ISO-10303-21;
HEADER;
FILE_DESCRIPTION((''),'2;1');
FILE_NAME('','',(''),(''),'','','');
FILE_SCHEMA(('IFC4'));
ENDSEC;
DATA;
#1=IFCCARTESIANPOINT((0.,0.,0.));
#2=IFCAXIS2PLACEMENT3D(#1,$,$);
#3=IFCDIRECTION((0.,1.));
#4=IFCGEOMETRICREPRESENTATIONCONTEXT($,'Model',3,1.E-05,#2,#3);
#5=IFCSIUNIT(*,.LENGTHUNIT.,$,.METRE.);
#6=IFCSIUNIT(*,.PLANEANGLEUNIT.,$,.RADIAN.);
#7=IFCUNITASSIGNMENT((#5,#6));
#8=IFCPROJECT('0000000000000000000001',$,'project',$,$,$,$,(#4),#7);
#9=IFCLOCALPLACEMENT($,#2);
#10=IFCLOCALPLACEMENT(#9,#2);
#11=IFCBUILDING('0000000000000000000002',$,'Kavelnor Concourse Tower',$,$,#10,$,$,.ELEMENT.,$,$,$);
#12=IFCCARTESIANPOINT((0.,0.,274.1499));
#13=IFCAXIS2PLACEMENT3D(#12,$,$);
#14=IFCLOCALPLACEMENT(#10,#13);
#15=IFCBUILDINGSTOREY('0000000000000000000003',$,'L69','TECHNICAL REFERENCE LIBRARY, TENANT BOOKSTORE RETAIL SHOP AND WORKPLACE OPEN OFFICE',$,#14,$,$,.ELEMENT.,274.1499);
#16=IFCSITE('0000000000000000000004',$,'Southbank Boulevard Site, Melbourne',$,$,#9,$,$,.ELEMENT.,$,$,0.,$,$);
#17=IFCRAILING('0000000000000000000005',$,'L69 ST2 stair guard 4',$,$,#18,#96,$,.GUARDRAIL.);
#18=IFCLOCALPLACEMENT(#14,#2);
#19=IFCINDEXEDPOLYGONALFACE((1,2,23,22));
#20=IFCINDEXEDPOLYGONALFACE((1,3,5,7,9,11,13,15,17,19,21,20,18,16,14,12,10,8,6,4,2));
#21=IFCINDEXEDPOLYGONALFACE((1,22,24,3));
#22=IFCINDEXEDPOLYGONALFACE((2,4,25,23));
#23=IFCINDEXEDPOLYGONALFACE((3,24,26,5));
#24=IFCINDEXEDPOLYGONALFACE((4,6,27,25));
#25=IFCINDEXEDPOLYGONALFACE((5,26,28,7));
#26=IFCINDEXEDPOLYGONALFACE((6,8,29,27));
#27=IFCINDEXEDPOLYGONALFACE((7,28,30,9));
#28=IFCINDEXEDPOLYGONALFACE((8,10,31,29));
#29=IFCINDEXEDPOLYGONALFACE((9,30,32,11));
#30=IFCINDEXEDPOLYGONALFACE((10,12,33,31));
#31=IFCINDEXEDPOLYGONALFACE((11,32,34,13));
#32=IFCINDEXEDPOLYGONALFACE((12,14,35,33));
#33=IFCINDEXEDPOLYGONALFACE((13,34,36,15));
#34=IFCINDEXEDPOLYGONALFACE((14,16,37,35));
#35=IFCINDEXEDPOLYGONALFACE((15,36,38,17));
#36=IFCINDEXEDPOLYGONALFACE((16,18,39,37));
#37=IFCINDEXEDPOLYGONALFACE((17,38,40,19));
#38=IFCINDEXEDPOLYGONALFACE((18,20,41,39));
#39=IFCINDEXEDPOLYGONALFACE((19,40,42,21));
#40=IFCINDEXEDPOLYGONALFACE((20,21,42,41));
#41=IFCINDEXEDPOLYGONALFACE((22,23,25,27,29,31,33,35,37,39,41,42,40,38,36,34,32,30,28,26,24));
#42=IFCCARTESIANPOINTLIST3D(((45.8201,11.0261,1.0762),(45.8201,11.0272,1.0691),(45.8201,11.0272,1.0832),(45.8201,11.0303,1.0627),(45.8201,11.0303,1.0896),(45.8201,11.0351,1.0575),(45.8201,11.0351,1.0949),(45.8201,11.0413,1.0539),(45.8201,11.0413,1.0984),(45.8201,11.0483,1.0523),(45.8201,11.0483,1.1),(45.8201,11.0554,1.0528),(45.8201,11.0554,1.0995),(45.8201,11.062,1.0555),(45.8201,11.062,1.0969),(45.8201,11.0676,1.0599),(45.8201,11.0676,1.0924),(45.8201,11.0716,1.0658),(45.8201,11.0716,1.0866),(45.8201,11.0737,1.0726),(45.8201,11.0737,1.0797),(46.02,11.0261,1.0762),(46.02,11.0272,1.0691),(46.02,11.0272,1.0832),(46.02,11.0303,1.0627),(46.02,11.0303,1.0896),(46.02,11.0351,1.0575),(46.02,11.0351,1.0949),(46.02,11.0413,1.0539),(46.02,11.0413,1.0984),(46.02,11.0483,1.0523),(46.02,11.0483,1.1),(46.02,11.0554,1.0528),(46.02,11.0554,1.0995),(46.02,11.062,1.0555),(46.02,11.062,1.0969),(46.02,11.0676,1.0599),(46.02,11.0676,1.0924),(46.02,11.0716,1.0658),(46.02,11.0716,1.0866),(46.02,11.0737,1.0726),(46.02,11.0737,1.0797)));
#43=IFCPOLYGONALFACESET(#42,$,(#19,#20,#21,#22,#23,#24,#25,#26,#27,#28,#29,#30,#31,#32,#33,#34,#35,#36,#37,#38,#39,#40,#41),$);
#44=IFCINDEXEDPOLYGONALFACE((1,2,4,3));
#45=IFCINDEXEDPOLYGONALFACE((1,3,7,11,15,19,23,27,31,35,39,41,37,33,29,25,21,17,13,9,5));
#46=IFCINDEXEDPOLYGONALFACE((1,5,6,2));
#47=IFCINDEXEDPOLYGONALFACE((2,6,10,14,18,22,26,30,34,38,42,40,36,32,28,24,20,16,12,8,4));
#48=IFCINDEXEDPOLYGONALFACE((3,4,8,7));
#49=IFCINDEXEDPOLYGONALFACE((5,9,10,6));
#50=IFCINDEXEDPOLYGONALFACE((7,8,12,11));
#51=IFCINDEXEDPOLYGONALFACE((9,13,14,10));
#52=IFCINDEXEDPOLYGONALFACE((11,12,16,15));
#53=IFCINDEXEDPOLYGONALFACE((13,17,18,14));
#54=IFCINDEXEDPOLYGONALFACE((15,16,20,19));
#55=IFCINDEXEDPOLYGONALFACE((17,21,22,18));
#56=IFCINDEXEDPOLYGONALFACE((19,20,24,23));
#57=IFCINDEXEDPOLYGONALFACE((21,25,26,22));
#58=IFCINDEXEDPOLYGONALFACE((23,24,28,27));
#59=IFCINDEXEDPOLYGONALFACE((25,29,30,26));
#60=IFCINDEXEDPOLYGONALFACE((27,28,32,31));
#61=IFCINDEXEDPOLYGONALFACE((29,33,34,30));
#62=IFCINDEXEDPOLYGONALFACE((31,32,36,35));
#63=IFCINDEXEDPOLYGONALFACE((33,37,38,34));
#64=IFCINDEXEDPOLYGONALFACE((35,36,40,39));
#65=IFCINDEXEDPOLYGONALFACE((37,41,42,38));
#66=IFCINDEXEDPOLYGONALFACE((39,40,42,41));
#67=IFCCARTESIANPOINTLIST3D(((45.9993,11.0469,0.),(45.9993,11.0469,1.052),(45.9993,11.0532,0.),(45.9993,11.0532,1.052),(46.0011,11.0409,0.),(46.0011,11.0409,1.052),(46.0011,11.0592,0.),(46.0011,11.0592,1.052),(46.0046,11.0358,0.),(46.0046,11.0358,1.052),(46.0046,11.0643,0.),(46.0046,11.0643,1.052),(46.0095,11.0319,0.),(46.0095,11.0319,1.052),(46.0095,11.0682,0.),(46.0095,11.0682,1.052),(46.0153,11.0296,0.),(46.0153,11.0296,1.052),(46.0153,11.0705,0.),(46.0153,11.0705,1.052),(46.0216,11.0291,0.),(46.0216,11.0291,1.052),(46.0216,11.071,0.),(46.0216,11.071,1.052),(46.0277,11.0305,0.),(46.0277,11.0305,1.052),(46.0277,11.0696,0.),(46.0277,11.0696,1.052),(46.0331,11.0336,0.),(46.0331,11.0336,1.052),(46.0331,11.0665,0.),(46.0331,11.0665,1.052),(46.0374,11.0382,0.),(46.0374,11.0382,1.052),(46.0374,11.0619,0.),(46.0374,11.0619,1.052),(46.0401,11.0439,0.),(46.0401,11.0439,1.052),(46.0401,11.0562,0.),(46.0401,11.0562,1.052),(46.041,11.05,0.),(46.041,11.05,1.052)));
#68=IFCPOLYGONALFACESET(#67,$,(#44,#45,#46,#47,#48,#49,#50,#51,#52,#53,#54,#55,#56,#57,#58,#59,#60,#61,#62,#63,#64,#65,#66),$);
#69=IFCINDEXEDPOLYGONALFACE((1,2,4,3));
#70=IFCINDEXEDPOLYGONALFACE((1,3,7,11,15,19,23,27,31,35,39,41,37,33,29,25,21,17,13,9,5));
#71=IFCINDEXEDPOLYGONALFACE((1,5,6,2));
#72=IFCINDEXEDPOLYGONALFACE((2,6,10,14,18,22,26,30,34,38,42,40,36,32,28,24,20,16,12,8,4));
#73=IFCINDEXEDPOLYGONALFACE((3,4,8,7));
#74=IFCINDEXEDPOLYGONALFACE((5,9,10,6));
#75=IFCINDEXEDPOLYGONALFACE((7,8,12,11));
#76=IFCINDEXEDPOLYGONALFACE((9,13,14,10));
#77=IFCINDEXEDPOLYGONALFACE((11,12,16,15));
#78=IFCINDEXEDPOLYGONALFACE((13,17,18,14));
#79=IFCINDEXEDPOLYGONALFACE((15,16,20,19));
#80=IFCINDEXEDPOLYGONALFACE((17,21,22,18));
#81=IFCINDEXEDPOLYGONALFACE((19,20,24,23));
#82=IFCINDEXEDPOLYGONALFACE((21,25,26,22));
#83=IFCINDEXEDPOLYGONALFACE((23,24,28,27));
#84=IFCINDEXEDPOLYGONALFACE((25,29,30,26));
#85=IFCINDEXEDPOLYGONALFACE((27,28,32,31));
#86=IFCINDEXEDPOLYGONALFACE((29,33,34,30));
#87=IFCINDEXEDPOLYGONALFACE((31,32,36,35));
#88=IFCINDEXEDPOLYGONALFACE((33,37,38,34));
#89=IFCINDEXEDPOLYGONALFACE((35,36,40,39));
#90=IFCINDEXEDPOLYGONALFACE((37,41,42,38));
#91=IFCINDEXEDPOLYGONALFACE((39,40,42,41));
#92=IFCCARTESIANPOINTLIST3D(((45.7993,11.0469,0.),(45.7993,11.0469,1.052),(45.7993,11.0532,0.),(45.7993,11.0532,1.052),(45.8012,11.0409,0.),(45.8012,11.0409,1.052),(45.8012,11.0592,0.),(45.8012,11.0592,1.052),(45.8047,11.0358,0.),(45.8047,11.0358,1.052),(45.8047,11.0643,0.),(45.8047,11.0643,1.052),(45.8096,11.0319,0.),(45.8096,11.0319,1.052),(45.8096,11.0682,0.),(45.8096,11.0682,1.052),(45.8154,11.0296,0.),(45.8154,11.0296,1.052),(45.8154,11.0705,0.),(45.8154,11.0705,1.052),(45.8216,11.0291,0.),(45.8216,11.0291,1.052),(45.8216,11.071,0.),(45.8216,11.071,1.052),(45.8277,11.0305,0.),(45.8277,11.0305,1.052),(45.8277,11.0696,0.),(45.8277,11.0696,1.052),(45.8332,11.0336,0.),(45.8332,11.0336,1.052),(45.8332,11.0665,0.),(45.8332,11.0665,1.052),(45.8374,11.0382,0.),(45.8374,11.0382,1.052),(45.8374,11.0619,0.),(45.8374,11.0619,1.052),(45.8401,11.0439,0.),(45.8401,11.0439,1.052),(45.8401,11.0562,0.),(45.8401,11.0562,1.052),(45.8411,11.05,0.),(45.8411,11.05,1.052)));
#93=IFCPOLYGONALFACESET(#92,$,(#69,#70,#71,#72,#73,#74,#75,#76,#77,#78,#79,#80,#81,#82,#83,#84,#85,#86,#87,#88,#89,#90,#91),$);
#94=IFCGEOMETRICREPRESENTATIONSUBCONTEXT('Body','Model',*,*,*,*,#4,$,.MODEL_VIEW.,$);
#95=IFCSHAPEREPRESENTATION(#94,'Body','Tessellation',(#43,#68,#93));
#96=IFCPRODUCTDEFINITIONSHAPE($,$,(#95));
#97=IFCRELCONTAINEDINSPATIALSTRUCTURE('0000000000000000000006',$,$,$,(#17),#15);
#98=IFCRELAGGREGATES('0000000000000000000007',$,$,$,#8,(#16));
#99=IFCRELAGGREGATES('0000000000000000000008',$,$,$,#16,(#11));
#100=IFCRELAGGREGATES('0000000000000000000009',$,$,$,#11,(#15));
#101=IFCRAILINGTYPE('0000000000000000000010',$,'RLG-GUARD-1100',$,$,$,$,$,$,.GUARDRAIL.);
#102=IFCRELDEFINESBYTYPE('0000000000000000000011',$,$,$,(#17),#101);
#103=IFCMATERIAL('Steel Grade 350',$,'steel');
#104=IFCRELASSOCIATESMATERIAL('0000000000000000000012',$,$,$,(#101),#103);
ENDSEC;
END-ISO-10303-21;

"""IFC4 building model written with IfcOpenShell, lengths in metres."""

from ifc_helpers import new_model, si_unit, direction, frame, origin, origin_2d, place, context, subcontext, project, spatial, circle, extrude, material, type_object, element, save


model = new_model("IFC4")

# Units and contexts
model_context = context("Model", 3, precision=1e-05, world=origin(), true_north=direction((0.0, 1.0)))
body_context = subcontext(model_context, "Body", "Model", "MODEL_VIEW")
ifc_project = project(units=[si_unit("LENGTHUNIT", "METRE"), si_unit("PLANEANGLEUNIT", "RADIAN")], contexts=[model_context])

# Site, building, storey
site_placement = place(None, origin())
site = spatial("IfcSite", under=ifc_project, at=site_placement, Name="Southbank Boulevard Site, Melbourne", CompositionType="ELEMENT", RefElevation=0.0)
building_placement = place(site_placement, origin())
building = spatial("IfcBuilding", under=site, at=building_placement, Name="Kavelnor Concourse Tower", CompositionType="ELEMENT")
storey_placement = place(building_placement, frame((0.0, 0.0, 274.1499)))
storey = spatial("IfcBuildingStorey", under=building, at=storey_placement, Name="L69", Description="TECHNICAL REFERENCE LIBRARY, TENANT BOOKSTORE RETAIL SHOP AND WORKPLACE OPEN OFFICE", CompositionType="ELEMENT", Elevation=274.1499)

# Shared definitions
ifc_material_1 = material(Name="Steel Grade 350", Category="steel")

# Railing
railing_type_1 = type_object("IfcRailingType", Name="RLG-GUARD-1100", PredefinedType="GUARDRAIL", material=ifc_material_1)
railing_1_placement = place(storey_placement, frame((46.02, 11.05, 0.0)))
element("IfcRailing", 1, at=railing_1_placement, inside=storey, type_object=railing_type_1, Name="L69 ST2 stair guard 4", PredefinedType="GUARDRAIL", context=body_context, shape_type="SweptSolid", body=[
    extrude(circle(Radius=0.0239, at=origin_2d()), frame((0.0, 0.0, 1.0762), z_axis=(-1.0, 0.0, 0.0), x_axis=(0.0, -1.0, 0.0)), (0.0, 0.0, 1.0), 0.2),
    extrude(circle(Radius=0.021, at=origin_2d()), origin(), (0.0, 0.0, 1.0), 1.052),
    extrude(circle(Radius=0.021, at=origin_2d()), frame((-0.2, 0.0, 0.0)), (0.0, 0.0, 1.0), 1.052),
])

save(model, "model.ifc")
